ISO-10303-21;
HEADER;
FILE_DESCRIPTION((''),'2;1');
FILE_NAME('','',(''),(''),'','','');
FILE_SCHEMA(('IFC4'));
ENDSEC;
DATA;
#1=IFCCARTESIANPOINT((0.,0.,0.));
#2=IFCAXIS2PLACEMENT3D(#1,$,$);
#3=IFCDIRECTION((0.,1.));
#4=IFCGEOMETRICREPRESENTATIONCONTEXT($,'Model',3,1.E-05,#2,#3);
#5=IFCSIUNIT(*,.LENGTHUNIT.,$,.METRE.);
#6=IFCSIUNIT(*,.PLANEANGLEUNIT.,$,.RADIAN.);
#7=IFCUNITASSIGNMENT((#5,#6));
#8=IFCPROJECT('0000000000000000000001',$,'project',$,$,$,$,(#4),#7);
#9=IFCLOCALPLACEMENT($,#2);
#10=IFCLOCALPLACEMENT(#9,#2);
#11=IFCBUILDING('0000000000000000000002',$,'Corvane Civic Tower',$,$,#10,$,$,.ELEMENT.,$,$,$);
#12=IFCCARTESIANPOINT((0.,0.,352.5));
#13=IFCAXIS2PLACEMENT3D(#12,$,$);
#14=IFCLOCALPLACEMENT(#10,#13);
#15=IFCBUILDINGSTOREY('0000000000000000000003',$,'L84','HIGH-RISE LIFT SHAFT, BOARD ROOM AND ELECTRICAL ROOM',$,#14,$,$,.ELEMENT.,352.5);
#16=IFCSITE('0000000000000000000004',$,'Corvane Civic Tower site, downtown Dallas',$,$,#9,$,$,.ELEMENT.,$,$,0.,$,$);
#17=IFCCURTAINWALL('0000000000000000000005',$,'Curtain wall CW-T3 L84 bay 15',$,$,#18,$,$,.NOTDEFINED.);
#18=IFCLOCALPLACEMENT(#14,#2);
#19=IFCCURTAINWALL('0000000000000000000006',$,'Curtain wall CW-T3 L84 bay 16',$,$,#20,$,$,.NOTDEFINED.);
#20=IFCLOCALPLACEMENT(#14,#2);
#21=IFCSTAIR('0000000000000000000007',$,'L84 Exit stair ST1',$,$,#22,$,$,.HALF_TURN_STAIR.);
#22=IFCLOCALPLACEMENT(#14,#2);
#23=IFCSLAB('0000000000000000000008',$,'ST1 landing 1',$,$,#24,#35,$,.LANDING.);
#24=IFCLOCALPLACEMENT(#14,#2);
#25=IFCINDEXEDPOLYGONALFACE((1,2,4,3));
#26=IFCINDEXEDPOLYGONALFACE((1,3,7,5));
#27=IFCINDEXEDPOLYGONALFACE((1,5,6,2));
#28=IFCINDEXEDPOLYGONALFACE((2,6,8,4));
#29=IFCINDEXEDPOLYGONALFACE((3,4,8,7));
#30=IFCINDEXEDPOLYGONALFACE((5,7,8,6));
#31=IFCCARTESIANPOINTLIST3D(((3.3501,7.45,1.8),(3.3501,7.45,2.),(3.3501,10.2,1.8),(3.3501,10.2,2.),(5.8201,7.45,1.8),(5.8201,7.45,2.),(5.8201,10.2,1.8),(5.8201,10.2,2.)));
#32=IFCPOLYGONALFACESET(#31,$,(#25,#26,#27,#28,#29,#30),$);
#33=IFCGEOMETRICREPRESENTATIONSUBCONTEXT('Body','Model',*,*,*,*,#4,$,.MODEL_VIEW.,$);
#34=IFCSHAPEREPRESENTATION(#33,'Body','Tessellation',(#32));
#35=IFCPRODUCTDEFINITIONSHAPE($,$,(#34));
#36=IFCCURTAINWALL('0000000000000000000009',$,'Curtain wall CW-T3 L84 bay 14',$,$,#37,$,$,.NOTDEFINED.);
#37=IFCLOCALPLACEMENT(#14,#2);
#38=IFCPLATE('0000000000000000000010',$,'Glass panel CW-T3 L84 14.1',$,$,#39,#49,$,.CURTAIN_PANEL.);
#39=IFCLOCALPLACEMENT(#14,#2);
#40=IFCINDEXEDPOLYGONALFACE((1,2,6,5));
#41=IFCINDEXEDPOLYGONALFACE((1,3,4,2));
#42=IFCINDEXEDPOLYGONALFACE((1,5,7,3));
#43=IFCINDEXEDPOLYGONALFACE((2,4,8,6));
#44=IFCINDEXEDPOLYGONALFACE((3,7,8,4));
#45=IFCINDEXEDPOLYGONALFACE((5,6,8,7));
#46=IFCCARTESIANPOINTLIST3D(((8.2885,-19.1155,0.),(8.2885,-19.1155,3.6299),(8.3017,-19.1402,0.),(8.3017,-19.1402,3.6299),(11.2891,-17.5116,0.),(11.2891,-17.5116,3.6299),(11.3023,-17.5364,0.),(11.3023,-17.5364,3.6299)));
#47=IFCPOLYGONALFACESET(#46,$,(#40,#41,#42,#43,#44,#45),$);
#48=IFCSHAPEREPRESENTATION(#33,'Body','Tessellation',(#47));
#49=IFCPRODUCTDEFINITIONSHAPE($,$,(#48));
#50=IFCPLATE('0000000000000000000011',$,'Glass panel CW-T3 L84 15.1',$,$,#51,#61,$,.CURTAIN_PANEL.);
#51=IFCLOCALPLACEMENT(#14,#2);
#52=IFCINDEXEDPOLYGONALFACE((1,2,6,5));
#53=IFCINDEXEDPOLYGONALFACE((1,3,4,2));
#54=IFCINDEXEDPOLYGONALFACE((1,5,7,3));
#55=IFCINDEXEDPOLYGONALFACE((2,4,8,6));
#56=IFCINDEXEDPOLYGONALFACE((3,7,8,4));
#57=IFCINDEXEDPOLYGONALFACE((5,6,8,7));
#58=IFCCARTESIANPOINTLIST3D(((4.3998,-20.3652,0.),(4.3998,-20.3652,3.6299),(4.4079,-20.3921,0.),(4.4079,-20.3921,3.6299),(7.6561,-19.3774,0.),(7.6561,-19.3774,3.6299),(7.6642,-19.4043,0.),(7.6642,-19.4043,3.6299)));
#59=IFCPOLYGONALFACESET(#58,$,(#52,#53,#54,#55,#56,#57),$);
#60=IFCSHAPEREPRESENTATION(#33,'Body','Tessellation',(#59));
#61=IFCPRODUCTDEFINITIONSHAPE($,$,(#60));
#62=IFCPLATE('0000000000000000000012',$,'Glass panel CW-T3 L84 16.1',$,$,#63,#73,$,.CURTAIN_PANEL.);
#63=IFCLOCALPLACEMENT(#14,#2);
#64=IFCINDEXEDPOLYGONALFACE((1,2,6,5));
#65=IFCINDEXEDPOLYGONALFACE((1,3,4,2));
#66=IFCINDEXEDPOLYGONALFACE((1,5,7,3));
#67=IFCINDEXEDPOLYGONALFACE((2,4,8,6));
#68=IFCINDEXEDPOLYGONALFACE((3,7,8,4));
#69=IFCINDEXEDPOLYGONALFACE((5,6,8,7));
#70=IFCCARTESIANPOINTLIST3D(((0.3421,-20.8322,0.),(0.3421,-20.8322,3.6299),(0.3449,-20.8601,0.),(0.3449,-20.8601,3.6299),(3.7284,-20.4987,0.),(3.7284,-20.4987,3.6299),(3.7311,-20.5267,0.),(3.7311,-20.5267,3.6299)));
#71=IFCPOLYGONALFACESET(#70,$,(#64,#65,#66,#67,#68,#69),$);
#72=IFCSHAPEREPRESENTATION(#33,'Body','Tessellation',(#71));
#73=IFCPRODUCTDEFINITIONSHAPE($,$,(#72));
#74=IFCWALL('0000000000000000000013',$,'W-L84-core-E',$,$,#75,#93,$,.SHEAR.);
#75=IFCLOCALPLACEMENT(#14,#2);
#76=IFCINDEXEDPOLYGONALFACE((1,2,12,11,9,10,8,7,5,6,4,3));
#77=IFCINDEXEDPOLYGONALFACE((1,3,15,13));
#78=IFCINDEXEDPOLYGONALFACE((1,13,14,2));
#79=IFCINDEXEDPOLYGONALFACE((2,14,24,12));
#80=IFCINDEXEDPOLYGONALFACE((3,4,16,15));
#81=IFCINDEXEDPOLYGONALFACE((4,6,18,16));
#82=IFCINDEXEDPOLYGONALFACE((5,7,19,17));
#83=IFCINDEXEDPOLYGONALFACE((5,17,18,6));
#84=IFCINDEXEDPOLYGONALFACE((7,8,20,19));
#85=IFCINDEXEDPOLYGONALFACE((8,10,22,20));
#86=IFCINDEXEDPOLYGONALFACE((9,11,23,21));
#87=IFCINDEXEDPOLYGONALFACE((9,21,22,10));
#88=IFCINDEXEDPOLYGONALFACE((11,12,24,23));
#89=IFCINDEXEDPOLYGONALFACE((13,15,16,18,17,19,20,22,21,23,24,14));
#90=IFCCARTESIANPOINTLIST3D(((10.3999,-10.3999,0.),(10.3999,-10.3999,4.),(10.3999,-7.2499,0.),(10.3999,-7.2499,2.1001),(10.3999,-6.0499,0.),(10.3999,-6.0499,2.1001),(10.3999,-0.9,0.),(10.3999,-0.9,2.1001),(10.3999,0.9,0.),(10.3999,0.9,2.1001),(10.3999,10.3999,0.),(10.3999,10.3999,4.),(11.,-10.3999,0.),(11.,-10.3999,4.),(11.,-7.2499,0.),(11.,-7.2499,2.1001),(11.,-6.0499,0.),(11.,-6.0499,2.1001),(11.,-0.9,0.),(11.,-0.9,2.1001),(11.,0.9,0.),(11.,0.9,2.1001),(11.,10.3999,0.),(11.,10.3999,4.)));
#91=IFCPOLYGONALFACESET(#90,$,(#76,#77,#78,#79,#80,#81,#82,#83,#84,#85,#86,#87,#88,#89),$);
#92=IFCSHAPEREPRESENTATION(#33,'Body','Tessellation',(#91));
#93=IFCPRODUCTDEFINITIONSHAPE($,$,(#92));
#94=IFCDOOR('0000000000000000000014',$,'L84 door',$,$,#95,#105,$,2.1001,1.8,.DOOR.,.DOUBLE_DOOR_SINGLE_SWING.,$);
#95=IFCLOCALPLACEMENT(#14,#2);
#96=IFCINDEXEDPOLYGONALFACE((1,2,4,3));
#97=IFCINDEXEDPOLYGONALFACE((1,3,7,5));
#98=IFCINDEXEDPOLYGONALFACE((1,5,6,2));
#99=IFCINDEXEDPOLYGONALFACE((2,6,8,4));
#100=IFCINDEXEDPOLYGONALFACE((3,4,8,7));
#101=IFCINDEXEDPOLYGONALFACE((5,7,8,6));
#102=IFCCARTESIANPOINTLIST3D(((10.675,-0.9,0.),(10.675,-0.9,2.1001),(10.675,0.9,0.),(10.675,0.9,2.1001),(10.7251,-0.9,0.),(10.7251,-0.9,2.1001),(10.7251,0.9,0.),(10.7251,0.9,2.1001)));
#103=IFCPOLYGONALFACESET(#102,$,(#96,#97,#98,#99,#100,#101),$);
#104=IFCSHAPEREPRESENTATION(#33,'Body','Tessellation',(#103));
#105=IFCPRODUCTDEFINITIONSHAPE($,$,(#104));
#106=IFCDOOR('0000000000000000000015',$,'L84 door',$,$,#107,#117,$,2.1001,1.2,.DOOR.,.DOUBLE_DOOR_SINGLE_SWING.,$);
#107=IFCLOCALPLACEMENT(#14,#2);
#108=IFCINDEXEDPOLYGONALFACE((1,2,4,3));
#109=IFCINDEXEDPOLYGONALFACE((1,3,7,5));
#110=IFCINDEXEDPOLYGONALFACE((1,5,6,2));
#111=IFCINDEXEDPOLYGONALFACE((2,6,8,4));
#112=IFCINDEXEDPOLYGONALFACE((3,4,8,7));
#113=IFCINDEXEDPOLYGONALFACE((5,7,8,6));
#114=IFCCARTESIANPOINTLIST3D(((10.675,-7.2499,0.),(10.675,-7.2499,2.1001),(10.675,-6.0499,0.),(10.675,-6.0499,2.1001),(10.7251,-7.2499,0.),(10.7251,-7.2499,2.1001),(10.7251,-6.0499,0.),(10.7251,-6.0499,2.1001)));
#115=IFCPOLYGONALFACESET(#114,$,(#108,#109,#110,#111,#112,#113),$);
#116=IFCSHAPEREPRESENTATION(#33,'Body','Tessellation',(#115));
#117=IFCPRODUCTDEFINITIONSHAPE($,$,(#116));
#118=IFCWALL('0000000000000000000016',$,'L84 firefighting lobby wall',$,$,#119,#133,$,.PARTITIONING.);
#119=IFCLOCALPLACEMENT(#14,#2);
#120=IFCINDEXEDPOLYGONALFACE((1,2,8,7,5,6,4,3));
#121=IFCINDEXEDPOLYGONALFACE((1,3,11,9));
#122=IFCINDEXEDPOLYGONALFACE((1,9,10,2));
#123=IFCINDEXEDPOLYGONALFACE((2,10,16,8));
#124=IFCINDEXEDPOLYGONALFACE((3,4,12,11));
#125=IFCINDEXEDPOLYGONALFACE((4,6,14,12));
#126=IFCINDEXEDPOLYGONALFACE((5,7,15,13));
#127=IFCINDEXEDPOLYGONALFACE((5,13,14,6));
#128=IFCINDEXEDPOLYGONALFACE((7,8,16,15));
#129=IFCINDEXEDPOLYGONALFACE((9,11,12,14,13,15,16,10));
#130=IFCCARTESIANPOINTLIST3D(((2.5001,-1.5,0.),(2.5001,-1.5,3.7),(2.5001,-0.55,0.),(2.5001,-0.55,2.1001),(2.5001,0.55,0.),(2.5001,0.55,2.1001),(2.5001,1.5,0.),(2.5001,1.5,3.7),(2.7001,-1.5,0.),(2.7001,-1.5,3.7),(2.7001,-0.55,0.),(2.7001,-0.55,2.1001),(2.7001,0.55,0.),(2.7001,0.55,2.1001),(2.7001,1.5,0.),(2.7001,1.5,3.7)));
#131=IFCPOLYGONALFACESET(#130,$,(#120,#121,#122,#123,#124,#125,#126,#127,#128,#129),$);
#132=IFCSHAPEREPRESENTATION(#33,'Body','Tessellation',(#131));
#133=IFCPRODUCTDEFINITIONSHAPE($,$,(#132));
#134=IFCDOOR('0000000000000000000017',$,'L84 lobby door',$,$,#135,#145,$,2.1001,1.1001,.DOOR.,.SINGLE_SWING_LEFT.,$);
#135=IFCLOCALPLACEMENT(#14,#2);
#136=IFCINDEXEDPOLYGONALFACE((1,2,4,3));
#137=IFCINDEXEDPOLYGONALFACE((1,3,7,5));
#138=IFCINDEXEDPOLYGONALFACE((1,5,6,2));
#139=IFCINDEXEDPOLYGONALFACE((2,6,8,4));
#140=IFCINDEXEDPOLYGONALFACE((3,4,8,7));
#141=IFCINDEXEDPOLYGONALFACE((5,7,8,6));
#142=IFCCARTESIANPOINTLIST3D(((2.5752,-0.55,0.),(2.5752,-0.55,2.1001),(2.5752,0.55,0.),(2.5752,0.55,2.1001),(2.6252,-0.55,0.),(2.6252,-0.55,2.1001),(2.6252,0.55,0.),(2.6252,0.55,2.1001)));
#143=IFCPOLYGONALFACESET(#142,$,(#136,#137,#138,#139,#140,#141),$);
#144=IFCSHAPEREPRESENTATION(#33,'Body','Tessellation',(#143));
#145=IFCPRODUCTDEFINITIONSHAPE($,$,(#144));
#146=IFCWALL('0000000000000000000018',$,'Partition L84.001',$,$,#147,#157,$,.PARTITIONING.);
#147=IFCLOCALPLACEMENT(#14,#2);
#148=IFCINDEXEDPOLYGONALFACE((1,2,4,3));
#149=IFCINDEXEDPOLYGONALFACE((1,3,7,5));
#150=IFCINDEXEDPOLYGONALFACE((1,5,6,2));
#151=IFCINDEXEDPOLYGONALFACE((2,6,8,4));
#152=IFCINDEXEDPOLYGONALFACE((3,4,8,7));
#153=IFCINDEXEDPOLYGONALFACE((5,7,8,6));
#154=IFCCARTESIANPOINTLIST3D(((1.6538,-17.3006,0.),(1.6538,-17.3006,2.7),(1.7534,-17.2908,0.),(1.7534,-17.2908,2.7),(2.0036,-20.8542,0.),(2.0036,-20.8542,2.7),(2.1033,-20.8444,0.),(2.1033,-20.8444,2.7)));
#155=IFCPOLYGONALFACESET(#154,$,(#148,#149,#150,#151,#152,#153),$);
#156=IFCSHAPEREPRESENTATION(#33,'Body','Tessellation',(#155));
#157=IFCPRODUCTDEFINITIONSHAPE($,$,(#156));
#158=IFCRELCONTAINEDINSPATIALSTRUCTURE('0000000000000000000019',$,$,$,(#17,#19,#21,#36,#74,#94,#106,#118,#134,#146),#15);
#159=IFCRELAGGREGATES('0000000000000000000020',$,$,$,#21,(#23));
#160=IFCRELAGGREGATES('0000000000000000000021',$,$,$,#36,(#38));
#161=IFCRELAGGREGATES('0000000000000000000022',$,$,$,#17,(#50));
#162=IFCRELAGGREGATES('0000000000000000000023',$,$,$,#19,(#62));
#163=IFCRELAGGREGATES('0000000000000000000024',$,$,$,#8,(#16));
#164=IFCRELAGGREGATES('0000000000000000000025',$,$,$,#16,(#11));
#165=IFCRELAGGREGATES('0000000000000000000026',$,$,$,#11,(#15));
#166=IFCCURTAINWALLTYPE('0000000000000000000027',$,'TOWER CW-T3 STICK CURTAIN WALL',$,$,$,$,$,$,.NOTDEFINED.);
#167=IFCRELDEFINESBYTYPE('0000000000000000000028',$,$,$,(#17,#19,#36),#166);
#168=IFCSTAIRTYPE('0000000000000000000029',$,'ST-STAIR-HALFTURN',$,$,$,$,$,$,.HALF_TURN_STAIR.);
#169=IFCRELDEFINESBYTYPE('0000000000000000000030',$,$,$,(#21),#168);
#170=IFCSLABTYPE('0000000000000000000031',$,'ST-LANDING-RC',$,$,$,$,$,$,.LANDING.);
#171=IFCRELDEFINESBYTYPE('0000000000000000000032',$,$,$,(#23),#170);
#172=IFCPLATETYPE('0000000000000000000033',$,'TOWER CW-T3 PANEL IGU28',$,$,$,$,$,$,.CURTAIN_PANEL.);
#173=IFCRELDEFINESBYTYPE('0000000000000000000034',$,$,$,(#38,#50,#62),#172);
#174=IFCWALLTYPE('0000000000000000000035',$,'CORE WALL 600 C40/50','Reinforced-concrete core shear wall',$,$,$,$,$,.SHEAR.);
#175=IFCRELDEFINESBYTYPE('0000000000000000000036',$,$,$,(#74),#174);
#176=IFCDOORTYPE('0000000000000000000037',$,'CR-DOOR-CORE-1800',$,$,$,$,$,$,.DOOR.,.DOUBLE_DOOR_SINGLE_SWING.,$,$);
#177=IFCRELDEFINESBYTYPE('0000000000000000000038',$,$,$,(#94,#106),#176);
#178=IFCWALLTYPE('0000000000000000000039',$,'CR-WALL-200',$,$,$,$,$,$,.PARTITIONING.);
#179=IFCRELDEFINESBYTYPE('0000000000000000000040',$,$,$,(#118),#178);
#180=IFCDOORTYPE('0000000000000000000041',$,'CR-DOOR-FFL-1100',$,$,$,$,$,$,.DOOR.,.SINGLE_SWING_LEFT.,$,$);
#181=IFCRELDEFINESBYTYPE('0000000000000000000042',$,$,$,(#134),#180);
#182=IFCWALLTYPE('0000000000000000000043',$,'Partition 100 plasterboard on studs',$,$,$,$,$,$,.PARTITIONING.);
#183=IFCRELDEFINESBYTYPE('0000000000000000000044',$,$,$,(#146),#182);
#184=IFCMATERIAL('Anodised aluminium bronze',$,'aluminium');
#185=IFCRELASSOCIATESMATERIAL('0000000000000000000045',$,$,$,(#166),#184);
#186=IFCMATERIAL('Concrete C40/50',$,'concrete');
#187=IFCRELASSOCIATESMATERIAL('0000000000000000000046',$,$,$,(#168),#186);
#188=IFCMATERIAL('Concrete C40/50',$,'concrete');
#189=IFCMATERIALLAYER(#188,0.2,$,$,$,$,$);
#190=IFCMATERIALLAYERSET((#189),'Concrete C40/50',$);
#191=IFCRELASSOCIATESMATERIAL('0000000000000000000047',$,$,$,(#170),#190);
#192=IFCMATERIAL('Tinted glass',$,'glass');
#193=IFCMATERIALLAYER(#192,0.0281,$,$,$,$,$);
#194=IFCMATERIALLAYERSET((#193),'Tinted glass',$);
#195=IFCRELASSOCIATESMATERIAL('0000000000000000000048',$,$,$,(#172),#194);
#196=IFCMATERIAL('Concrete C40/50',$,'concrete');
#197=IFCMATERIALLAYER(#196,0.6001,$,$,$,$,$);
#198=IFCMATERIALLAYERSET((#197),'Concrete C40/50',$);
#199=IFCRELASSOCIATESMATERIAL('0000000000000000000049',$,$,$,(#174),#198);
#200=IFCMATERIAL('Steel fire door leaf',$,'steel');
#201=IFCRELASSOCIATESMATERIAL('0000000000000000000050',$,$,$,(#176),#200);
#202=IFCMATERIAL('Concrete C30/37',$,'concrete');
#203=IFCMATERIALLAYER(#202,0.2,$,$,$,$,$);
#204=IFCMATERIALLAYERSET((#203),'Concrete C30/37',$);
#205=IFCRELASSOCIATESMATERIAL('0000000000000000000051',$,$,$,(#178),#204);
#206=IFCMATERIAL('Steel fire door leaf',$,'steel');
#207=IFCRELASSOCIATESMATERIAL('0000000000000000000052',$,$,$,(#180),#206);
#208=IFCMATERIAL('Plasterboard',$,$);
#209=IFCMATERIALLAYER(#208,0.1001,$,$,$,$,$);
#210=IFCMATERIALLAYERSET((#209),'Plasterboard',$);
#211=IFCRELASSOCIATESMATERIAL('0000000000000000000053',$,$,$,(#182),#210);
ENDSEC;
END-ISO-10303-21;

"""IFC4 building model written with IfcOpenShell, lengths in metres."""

from ifc_helpers import new_model, si_unit, direction, frame, frame_2d, origin, origin_2d, place, context, subcontext, project, spatial, polyline, rectangle, outline, extrude, material, layer, layer_set, type_object, element, fill, aggregate, save


model = new_model("IFC4")

# Units and contexts
model_context = context("Model", 3, precision=1e-05, world=origin(), true_north=direction((0.0, 1.0)))
body_context = subcontext(model_context, "Body", "Model", "MODEL_VIEW")
ifc_project = project(units=[si_unit("LENGTHUNIT", "METRE"), si_unit("PLANEANGLEUNIT", "RADIAN")], contexts=[model_context])

# Site, building, storey
site_placement = place(None, origin())
site = spatial("IfcSite", under=ifc_project, at=site_placement, Name="Corvane Civic Tower site, downtown Dallas", CompositionType="ELEMENT", RefElevation=0.0)
building_placement = place(site_placement, origin())
building = spatial("IfcBuilding", under=site, at=building_placement, Name="Corvane Civic Tower", CompositionType="ELEMENT")
storey_placement = place(building_placement, frame((0.0, 0.0, 352.5)))
storey = spatial("IfcBuildingStorey", under=building, at=storey_placement, Name="L84", Description="HIGH-RISE LIFT SHAFT, BOARD ROOM AND ELECTRICAL ROOM", CompositionType="ELEMENT", Elevation=352.5)

# Curtain walls
ifc_material_1 = material(Name="Anodised aluminium bronze", Category="aluminium")
curtain_wall_type = type_object("IfcCurtainWallType", Name="TOWER CW-T3 STICK CURTAIN WALL", PredefinedType="NOTDEFINED", material=ifc_material_1)
curtain_wall_1_placement = place(storey_placement, origin())
curtain_wall_1 = element("IfcCurtainWall", 1, at=curtain_wall_1_placement, inside=storey, type_object=curtain_wall_type, Name="Curtain wall CW-T3 L84 bay 15", PredefinedType="NOTDEFINED")
curtain_wall_2_placement = place(storey_placement, origin())
curtain_wall_2 = element("IfcCurtainWall", 2, at=curtain_wall_2_placement, inside=storey, type_object=curtain_wall_type, Name="Curtain wall CW-T3 L84 bay 16", PredefinedType="NOTDEFINED")

# Stair, slab
ifc_material_2 = material(Name="Concrete C40/50", Category="concrete")
stair_type = type_object("IfcStairType", Name="ST-STAIR-HALFTURN", PredefinedType="HALF_TURN_STAIR", material=ifc_material_2)
stair_1_placement = place(storey_placement, origin())
stair_1 = element("IfcStair", 3, at=stair_1_placement, inside=storey, type_object=stair_type, Name="L84 Exit stair ST1", PredefinedType="HALF_TURN_STAIR")
ifc_material_3 = material(Name="Concrete C40/50", Category="concrete")
ifc_layer_1 = layer(ifc_material_3, 0.2)
ifc_layer_set_1 = layer_set([ifc_layer_1], Name="Concrete C40/50")
slab_type = type_object("IfcSlabType", Name="ST-LANDING-RC", PredefinedType="LANDING", material=ifc_layer_set_1)
slab_placement = place(storey_placement, frame((0.0, 0.0, 1.8)))
slab = element("IfcSlab", 4, at=slab_placement, type_object=slab_type, Name="ST1 landing 1", PredefinedType="LANDING", context=body_context, shape_type="SweptSolid", body=[
    extrude(outline(polyline([(5.8201, 10.2), (3.3501, 10.2), (3.3501, 7.45), (5.8201, 7.45), (5.8201, 10.2)])), origin(), (0.0, 0.0, 1.0), 0.2),
])
aggregate(stair_1, [slab])

# Curtain wall, plate
curtain_wall_3_placement = place(storey_placement, origin())
curtain_wall_3 = element("IfcCurtainWall", 5, at=curtain_wall_3_placement, inside=storey, type_object=curtain_wall_type, Name="Curtain wall CW-T3 L84 bay 14", PredefinedType="NOTDEFINED")
ifc_material_4 = material(Name="Tinted glass", Category="glass")
ifc_layer_2 = layer(ifc_material_4, 0.0281)
ifc_layer_set_2 = layer_set([ifc_layer_2], Name="Tinted glass")
plate_type = type_object("IfcPlateType", Name="TOWER CW-T3 PANEL IGU28", PredefinedType="CURTAIN_PANEL", material=ifc_layer_set_2)
plate_1_placement = place(storey_placement, frame((9.7954, -18.3259, 0.0), z_axis=(0.0, 0.0, 1.0), x_axis=(-0.881928, -0.471384, 0.0)))
plate_1 = element("IfcPlate", 6, at=plate_1_placement, type_object=plate_type, Name="Glass panel CW-T3 L84 14.1", PredefinedType="CURTAIN_PANEL", context=body_context, shape_type="SweptSolid", body=[
    extrude(rectangle(XDim=3.4023, YDim=0.0281, at=origin_2d()), origin(), (0.0, 0.0, 1.0), 3.6299),
])
aggregate(curtain_wall_3, [plate_1])

# Plates
plate_2_placement = place(storey_placement, frame((6.032, -19.8848, 0.0), z_axis=(0.0, 0.0, 1.0), x_axis=(-0.956939, -0.29029, 0.0)))
plate_2 = element("IfcPlate", 7, at=plate_2_placement, type_object=plate_type, Name="Glass panel CW-T3 L84 15.1", PredefinedType="CURTAIN_PANEL", context=body_context, shape_type="SweptSolid", body=[
    extrude(rectangle(XDim=3.4028, YDim=0.0281, at=origin_2d()), origin(), (0.0, 0.0, 1.0), 3.6299),
])
aggregate(curtain_wall_1, [plate_2])
plate_3_placement = place(storey_placement, frame((2.0366, -20.6794, 0.0), z_axis=(0.0, 0.0, 1.0), x_axis=(-0.995187, -0.097998, 0.0)))
plate_3 = element("IfcPlate", 8, at=plate_3_placement, type_object=plate_type, Name="Glass panel CW-T3 L84 16.1", PredefinedType="CURTAIN_PANEL", context=body_context, shape_type="SweptSolid", body=[
    extrude(rectangle(XDim=3.4026, YDim=0.0281, at=origin_2d()), origin(), (0.0, 0.0, 1.0), 3.6299),
])
aggregate(curtain_wall_2, [plate_3])

# Wall, openings, doors
ifc_material_5 = material(Name="Concrete C40/50", Category="concrete")
ifc_layer_3 = layer(ifc_material_5, 0.6001)
ifc_layer_set_3 = layer_set([ifc_layer_3], Name="Concrete C40/50")
wall_type_1 = type_object("IfcWallType", Name="CORE WALL 600 C40/50", Description="Reinforced-concrete core shear wall", PredefinedType="SHEAR", material=ifc_layer_set_3)
wall_1_placement = place(storey_placement, frame((10.7, -10.3999, 0.0), z_axis=(0.0, 0.0, 1.0), x_axis=(0.0, 1.0, 0.0)))
wall_1 = element("IfcWall", 9, at=wall_1_placement, inside=storey, type_object=wall_type_1, Name="W-L84-core-E", PredefinedType="SHEAR", context=body_context, shape_type="SweptSolid", body=[
    extrude(rectangle(XDim=20.7998, YDim=0.6001, at=frame_2d((10.3999, 0.0))), origin(), (0.0, 0.0, 1.0), 4.0),
])
opening_1_placement = place(wall_1_placement, frame((9.5, 0.0, 0.0)))
opening_1 = element("IfcOpeningElement", 10, at=opening_1_placement, cuts=wall_1, PredefinedType="OPENING", context=body_context, shape_type="SweptSolid", body=[
    extrude(rectangle(XDim=1.8, YDim=2.1001, at=frame_2d((0.8999, 1.05))), frame((0.0, 0.3101, 0.0), z_axis=(0.0, -1.0, 0.0), x_axis=(1.0, 0.0, 0.0)), (0.0, 0.0, 1.0), 0.6201),
])
opening_2_placement = place(wall_1_placement, frame((3.1499, 0.0, 0.0)))
opening_2 = element("IfcOpeningElement", 11, at=opening_2_placement, cuts=wall_1, PredefinedType="OPENING", context=body_context, shape_type="SweptSolid", body=[
    extrude(rectangle(XDim=1.2, YDim=2.1001, at=frame_2d((0.6001, 1.05))), frame((0.0, 0.3101, 0.0), z_axis=(0.0, -1.0, 0.0), x_axis=(1.0, 0.0, 0.0)), (0.0, 0.0, 1.0), 0.6201),
])
ifc_material_6 = material(Name="Steel fire door leaf", Category="steel")
door_type_1 = type_object("IfcDoorType", Name="CR-DOOR-CORE-1800", OperationType="DOUBLE_DOOR_SINGLE_SWING", PredefinedType="DOOR", material=ifc_material_6)
door_1_placement = place(opening_1_placement, origin())
door_1 = element("IfcDoor", 12, at=door_1_placement, inside=storey, type_object=door_type_1, Name="L84 door", OperationType="DOUBLE_DOOR_SINGLE_SWING", OverallHeight=2.1001, OverallWidth=1.8, PredefinedType="DOOR", context=body_context, shape_type="SweptSolid", body=[
    extrude(rectangle(XDim=1.8, YDim=2.1001, at=frame_2d((0.8999, 1.05))), frame((0.0, 0.0249, 0.0), z_axis=(0.0, -1.0, 0.0), x_axis=(1.0, 0.0, 0.0)), (0.0, 0.0, 1.0), 0.05),
])
fill(opening_1, door_1)
door_2_placement = place(opening_2_placement, origin())
door_2 = element("IfcDoor", 13, at=door_2_placement, inside=storey, type_object=door_type_1, Name="L84 door", OperationType="DOUBLE_DOOR_SINGLE_SWING", OverallHeight=2.1001, OverallWidth=1.2, PredefinedType="DOOR", context=body_context, shape_type="SweptSolid", body=[
    extrude(rectangle(XDim=1.2, YDim=2.1001, at=frame_2d((0.6001, 1.05))), frame((0.0, 0.0249, 0.0), z_axis=(0.0, -1.0, 0.0), x_axis=(1.0, 0.0, 0.0)), (0.0, 0.0, 1.0), 0.05),
])
fill(opening_2, door_2)

# Wall, opening, door
ifc_material_7 = material(Name="Concrete C30/37", Category="concrete")
ifc_layer_4 = layer(ifc_material_7, 0.2)
ifc_layer_set_4 = layer_set([ifc_layer_4], Name="Concrete C30/37")
wall_type_2 = type_object("IfcWallType", Name="CR-WALL-200", PredefinedType="PARTITIONING", material=ifc_layer_set_4)
wall_2_placement = place(storey_placement, frame((2.6001, -1.5, 0.0), z_axis=(0.0, 0.0, 1.0), x_axis=(0.0, 1.0, 0.0)))
wall_2 = element("IfcWall", 14, at=wall_2_placement, inside=storey, type_object=wall_type_2, Name="L84 firefighting lobby wall", PredefinedType="PARTITIONING", context=body_context, shape_type="SweptSolid", body=[
    extrude(rectangle(XDim=3.0, YDim=0.2, at=frame_2d((1.5, 0.0))), origin(), (0.0, 0.0, 1.0), 3.7),
])
opening_3_placement = place(wall_2_placement, frame((0.95, 0.0, 0.0)))
opening_3 = element("IfcOpeningElement", 15, at=opening_3_placement, cuts=wall_2, PredefinedType="OPENING", context=body_context, shape_type="SweptSolid", body=[
    extrude(rectangle(XDim=1.1001, YDim=2.1001, at=frame_2d((0.55, 1.05))), frame((0.0, 0.1099, 0.0), z_axis=(0.0, -1.0, 0.0), x_axis=(1.0, 0.0, 0.0)), (0.0, 0.0, 1.0), 0.22),
])
ifc_material_8 = material(Name="Steel fire door leaf", Category="steel")
door_type_2 = type_object("IfcDoorType", Name="CR-DOOR-FFL-1100", OperationType="SINGLE_SWING_LEFT", PredefinedType="DOOR", material=ifc_material_8)
door_3_placement = place(opening_3_placement, origin())
door_3 = element("IfcDoor", 16, at=door_3_placement, inside=storey, type_object=door_type_2, Name="L84 lobby door", OperationType="SINGLE_SWING_LEFT", OverallHeight=2.1001, OverallWidth=1.1001, PredefinedType="DOOR", context=body_context, shape_type="SweptSolid", body=[
    extrude(rectangle(XDim=1.1001, YDim=2.1001, at=frame_2d((0.55, 1.05))), frame((0.0, 0.0249, 0.0), z_axis=(0.0, -1.0, 0.0), x_axis=(1.0, 0.0, 0.0)), (0.0, 0.0, 1.0), 0.05),
])
fill(opening_3, door_3)

# Wall
ifc_material_9 = material(Name="Plasterboard")
ifc_layer_5 = layer(ifc_material_9, 0.1001)
ifc_layer_set_5 = layer_set([ifc_layer_5], Name="Plasterboard")
wall_type_3 = type_object("IfcWallType", Name="Partition 100 plasterboard on studs", PredefinedType="PARTITIONING", material=ifc_layer_set_5)
wall_3_placement = place(storey_placement, frame((1.7036, -17.2957, 0.0), z_axis=(0.0, 0.0, 1.0), x_axis=(0.097974, -0.995189, 0.0)))
element("IfcWall", 17, at=wall_3_placement, inside=storey, type_object=wall_type_3, Name="Partition L84.001", PredefinedType="PARTITIONING", context=body_context, shape_type="SweptSolid", body=[
    extrude(rectangle(XDim=3.5708, YDim=0.1001, at=frame_2d((1.7854, 0.0))), origin(), (0.0, 0.0, 1.0), 2.7),
])

save(model, "model.ifc")
